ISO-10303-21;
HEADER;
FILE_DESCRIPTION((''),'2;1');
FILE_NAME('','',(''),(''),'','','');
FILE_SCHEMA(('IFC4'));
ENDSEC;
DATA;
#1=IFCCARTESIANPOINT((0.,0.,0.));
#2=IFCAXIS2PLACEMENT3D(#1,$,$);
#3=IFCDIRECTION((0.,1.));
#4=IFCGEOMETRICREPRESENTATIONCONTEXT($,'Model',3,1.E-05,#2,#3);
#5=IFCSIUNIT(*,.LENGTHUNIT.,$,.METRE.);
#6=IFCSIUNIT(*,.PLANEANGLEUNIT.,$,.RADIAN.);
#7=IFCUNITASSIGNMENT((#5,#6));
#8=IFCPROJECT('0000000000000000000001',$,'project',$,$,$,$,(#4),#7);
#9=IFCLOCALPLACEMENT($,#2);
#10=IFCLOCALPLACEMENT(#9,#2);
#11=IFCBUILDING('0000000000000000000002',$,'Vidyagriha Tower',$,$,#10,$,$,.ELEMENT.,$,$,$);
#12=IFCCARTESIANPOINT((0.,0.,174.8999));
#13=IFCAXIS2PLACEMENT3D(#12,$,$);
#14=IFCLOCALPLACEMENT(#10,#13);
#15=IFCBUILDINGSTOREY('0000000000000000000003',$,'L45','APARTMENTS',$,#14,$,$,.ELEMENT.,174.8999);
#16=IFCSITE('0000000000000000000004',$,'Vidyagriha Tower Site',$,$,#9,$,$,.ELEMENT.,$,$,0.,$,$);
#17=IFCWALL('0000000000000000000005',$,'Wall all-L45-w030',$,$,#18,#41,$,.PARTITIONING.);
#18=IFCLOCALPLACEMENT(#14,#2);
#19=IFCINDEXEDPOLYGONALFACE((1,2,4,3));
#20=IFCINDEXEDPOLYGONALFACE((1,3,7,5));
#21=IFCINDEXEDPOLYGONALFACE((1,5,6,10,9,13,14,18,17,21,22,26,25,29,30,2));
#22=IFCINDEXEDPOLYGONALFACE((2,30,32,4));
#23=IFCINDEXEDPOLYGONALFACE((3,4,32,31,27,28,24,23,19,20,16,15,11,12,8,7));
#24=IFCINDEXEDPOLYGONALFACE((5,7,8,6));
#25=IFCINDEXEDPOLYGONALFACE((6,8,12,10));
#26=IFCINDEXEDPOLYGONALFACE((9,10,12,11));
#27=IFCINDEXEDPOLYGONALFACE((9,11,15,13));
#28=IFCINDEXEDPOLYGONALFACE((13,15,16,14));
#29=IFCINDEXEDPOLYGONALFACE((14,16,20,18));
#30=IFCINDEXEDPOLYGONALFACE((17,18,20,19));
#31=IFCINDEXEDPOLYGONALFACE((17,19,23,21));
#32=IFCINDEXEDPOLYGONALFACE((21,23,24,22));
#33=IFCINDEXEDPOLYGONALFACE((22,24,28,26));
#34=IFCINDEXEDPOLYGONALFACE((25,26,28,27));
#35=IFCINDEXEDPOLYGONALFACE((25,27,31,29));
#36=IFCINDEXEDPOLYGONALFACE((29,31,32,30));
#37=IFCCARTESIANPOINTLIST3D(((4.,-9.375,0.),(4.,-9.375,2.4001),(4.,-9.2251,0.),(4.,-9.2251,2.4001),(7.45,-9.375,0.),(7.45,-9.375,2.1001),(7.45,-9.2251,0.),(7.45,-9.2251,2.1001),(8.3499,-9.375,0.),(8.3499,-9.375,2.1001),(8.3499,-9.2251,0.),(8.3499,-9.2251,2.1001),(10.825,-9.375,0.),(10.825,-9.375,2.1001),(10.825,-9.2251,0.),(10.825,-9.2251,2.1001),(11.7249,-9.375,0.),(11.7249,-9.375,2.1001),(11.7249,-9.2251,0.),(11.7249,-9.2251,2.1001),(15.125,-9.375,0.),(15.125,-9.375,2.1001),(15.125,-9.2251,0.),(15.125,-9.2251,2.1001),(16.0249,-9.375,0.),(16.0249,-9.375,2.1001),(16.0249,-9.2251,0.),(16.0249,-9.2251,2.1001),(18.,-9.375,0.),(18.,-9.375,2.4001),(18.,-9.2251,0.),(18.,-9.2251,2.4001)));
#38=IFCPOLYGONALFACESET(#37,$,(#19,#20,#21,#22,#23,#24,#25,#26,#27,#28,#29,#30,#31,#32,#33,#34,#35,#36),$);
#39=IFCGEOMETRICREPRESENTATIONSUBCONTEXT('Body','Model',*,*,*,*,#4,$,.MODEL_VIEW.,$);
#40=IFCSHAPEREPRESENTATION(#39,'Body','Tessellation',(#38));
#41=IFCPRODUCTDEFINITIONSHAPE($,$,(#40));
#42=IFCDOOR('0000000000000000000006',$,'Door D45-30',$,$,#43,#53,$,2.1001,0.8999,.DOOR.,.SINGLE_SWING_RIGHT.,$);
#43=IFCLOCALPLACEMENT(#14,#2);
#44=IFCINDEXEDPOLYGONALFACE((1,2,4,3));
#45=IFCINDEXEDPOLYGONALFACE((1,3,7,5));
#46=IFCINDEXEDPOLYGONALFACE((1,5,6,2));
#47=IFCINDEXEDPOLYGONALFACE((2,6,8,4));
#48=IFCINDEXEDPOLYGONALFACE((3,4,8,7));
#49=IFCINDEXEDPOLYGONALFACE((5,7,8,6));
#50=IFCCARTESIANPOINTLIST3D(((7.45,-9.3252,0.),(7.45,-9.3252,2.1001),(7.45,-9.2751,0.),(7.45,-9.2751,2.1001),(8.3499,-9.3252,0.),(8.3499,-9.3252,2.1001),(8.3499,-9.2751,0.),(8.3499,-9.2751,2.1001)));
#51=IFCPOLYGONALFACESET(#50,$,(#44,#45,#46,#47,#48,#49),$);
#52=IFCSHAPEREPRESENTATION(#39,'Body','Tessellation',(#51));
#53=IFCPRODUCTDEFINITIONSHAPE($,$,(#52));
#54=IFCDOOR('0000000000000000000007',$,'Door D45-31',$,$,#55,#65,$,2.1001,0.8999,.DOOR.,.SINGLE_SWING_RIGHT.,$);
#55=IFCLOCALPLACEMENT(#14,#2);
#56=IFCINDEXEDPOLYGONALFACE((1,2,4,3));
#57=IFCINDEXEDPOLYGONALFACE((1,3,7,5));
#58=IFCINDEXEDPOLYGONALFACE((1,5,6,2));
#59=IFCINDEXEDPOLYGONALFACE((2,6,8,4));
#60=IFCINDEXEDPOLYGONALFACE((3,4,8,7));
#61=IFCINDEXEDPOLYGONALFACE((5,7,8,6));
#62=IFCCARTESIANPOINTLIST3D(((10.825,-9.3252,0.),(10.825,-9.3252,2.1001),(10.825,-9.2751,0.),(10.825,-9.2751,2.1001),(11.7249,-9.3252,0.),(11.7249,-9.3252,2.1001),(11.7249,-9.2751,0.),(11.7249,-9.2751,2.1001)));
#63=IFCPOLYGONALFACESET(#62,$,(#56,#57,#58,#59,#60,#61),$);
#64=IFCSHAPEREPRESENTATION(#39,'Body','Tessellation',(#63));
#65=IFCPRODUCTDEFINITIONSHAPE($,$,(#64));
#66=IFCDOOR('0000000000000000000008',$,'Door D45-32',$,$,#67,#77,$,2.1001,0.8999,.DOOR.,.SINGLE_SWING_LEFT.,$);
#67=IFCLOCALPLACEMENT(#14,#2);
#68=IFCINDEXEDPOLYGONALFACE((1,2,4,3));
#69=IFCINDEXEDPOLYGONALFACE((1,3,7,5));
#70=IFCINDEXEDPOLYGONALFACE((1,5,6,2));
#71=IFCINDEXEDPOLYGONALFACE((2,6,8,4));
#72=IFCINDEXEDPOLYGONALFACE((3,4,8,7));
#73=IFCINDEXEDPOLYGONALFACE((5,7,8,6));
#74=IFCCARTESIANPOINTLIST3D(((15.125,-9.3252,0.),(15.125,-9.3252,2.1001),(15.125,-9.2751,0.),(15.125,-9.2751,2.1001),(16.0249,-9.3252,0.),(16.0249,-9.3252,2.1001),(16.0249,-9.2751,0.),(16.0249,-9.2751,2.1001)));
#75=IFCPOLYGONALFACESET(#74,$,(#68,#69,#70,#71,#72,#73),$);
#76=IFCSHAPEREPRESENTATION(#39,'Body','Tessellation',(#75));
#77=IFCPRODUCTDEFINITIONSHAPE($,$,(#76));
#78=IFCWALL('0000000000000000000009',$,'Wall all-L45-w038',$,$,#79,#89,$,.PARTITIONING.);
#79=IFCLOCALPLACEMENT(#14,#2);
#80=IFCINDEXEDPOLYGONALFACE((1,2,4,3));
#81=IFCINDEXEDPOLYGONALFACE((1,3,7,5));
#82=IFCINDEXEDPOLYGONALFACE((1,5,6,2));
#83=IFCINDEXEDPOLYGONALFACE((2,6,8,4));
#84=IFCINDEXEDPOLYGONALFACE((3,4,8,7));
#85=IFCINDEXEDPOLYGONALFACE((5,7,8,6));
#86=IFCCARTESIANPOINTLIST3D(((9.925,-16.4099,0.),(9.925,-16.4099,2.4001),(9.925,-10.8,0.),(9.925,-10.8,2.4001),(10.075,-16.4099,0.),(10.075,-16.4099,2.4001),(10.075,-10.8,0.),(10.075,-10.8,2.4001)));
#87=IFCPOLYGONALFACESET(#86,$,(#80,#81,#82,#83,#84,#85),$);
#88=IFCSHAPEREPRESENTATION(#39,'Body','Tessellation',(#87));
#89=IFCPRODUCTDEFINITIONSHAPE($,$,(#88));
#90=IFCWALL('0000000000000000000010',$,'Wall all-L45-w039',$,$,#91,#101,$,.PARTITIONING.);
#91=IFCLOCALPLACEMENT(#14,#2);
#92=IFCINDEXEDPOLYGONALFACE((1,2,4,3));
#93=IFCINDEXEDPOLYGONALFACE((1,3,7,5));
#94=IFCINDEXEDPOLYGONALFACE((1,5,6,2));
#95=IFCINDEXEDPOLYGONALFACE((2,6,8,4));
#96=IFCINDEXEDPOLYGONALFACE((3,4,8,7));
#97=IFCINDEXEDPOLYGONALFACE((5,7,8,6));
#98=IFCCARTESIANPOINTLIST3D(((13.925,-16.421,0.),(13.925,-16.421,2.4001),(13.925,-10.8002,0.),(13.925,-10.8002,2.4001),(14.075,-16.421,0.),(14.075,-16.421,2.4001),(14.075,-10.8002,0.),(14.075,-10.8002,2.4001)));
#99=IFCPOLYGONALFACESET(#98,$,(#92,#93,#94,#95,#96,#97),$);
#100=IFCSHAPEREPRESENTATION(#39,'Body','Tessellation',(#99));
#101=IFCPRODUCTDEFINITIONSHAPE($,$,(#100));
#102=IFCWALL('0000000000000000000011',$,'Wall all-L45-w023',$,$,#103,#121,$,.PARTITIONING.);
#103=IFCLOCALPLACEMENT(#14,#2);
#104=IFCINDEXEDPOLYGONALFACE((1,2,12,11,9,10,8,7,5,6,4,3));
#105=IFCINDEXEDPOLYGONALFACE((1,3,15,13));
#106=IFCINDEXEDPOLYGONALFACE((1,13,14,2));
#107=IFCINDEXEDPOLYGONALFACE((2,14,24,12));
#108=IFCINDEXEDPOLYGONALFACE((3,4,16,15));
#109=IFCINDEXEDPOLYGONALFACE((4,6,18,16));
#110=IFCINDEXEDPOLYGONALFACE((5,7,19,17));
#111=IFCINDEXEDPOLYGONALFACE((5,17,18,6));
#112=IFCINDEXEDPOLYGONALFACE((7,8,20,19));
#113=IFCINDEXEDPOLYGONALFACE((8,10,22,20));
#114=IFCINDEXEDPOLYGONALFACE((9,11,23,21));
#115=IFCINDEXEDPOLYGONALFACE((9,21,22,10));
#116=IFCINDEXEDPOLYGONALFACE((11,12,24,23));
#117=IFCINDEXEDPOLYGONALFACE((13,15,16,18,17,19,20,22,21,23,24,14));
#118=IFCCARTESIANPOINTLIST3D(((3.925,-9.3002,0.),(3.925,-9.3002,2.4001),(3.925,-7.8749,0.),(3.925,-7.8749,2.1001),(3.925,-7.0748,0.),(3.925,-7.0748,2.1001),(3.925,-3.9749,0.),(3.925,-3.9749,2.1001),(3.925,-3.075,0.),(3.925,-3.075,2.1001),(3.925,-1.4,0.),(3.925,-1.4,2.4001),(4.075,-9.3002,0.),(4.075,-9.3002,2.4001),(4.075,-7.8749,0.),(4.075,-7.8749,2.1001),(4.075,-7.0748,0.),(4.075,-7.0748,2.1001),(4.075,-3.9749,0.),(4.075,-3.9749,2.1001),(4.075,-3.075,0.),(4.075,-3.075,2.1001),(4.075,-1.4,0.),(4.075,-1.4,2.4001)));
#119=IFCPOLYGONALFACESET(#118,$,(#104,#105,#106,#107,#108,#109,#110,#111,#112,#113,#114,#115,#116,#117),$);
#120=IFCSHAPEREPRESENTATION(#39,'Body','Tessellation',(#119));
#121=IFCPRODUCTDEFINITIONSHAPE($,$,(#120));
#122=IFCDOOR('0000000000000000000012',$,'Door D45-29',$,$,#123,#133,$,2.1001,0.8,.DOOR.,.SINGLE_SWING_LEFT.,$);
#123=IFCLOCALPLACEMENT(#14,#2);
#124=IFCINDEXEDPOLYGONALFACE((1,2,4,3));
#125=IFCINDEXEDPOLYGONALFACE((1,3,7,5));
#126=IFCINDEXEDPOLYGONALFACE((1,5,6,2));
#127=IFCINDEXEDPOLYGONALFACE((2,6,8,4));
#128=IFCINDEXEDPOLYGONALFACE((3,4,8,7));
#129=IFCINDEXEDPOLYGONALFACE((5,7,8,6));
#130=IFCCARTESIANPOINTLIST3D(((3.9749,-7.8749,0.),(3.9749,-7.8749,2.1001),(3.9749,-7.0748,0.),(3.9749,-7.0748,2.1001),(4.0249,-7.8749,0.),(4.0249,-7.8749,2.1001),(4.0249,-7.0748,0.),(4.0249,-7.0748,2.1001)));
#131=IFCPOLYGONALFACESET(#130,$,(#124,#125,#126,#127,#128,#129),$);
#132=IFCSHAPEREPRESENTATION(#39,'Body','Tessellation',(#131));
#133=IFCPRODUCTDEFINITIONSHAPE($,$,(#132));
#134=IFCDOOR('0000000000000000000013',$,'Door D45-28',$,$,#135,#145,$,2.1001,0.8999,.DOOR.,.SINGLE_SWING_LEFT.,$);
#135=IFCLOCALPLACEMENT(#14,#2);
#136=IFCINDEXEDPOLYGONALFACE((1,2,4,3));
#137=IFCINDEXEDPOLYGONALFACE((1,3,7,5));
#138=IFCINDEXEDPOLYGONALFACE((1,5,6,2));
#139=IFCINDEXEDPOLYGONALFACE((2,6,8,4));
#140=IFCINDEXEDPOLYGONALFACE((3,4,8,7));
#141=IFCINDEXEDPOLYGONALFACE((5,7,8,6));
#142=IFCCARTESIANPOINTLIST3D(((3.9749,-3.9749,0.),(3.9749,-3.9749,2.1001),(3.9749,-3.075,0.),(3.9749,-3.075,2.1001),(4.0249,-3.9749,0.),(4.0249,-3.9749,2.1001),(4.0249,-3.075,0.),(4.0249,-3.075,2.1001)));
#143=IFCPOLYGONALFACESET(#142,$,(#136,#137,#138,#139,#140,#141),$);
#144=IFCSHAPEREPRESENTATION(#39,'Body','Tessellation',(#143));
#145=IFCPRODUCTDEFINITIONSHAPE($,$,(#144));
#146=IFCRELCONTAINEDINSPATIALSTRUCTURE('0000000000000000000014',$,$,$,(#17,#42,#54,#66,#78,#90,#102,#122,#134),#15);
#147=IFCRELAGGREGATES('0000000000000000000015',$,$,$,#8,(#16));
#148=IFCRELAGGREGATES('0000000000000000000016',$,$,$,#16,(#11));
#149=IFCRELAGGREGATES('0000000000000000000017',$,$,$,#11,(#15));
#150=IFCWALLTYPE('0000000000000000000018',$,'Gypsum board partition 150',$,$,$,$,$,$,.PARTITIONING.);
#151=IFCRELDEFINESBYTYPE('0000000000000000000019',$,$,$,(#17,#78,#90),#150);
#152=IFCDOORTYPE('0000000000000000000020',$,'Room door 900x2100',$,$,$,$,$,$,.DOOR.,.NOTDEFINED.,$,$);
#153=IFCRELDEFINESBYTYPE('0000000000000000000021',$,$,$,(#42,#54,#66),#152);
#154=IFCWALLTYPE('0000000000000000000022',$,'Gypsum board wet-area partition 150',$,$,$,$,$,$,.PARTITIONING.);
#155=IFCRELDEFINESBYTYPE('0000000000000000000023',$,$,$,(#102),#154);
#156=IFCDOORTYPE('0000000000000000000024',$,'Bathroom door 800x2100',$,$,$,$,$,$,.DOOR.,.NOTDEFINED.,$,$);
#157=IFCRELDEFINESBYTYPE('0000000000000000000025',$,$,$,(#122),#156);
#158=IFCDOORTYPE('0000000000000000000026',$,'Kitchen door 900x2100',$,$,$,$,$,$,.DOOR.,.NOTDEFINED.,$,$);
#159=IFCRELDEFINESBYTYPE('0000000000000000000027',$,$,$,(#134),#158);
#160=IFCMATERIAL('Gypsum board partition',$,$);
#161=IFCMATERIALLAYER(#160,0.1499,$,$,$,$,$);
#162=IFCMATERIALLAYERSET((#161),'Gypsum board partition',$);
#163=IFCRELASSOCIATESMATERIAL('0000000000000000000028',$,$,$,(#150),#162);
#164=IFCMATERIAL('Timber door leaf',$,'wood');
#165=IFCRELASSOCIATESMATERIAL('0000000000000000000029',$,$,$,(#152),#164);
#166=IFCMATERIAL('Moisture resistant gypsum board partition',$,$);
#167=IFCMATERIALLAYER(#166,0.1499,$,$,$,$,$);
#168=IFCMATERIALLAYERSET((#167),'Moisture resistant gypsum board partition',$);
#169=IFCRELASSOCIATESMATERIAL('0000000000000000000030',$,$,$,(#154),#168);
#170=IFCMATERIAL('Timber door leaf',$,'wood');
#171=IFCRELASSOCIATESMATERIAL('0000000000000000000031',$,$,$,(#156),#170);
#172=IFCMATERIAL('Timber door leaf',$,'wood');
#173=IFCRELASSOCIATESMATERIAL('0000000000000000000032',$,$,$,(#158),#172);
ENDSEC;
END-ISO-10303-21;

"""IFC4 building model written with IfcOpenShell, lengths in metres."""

from ifc_helpers import new_model, si_unit, direction, frame, frame_2d, origin, place, context, subcontext, project, spatial, rectangle, extrude, material, layer, layer_set, type_object, element, fill, save


model = new_model("IFC4")

# Units and contexts
model_context = context("Model", 3, precision=1e-05, world=origin(), true_north=direction((0.0, 1.0)))
body_context = subcontext(model_context, "Body", "Model", "MODEL_VIEW")
ifc_project = project(units=[si_unit("LENGTHUNIT", "METRE"), si_unit("PLANEANGLEUNIT", "RADIAN")], contexts=[model_context])

# Site, building, storey
site_placement = place(None, origin())
site = spatial("IfcSite", under=ifc_project, at=site_placement, Name="Vidyagriha Tower Site", CompositionType="ELEMENT", RefElevation=0.0)
building_placement = place(site_placement, origin())
building = spatial("IfcBuilding", under=site, at=building_placement, Name="Vidyagriha Tower", CompositionType="ELEMENT")
storey_placement = place(building_placement, frame((0.0, 0.0, 174.8999)))
storey = spatial("IfcBuildingStorey", under=building, at=storey_placement, Name="L45", Description="APARTMENTS", CompositionType="ELEMENT", Elevation=174.8999)

# Shared definitions
ifc_material_1 = material(Name="Gypsum board partition")
ifc_layer_1 = layer(ifc_material_1, 0.1499)
ifc_layer_set_1 = layer_set([ifc_layer_1], Name="Gypsum board partition")
wall_type_1 = type_object("IfcWallType", Name="Gypsum board partition 150", PredefinedType="PARTITIONING", material=ifc_layer_set_1)

# Wall, openings, doors
wall_1_placement = place(storey_placement, frame((4.0, -9.3, 0.0)))
wall_1 = element("IfcWall", 1, at=wall_1_placement, inside=storey, type_object=wall_type_1, Name="Wall all-L45-w030", PredefinedType="PARTITIONING", context=body_context, shape_type="SweptSolid", body=[
    extrude(rectangle(XDim=14.0, YDim=0.1499, at=frame_2d((7.0, 0.0))), origin(), (0.0, 0.0, 1.0), 2.4001),
])
opening_1_placement = place(wall_1_placement, frame((3.45, 0.0, 0.0)))
opening_1 = element("IfcOpeningElement", 2, at=opening_1_placement, cuts=wall_1, PredefinedType="OPENING", context=body_context, shape_type="SweptSolid", body=[
    extrude(rectangle(XDim=0.8999, YDim=2.1001, at=frame_2d((0.45, 1.05))), frame((0.0, 0.085, 0.0), z_axis=(0.0, -1.0, 0.0), x_axis=(1.0, 0.0, 0.0)), (0.0, 0.0, 1.0), 0.1699),
])
opening_2_placement = place(wall_1_placement, frame((6.825, 0.0, 0.0)))
opening_2 = element("IfcOpeningElement", 3, at=opening_2_placement, cuts=wall_1, PredefinedType="OPENING", context=body_context, shape_type="SweptSolid", body=[
    extrude(rectangle(XDim=0.8999, YDim=2.1001, at=frame_2d((0.45, 1.05))), frame((0.0, 0.085, 0.0), z_axis=(0.0, -1.0, 0.0), x_axis=(1.0, 0.0, 0.0)), (0.0, 0.0, 1.0), 0.1699),
])
opening_3_placement = place(wall_1_placement, frame((11.125, 0.0, 0.0)))
opening_3 = element("IfcOpeningElement", 4, at=opening_3_placement, cuts=wall_1, PredefinedType="OPENING", context=body_context, shape_type="SweptSolid", body=[
    extrude(rectangle(XDim=0.8999, YDim=2.1001, at=frame_2d((0.45, 1.05))), frame((0.0, 0.085, 0.0), z_axis=(0.0, -1.0, 0.0), x_axis=(1.0, 0.0, 0.0)), (0.0, 0.0, 1.0), 0.1699),
])
ifc_material_2 = material(Name="Timber door leaf", Category="wood")
door_type_1 = type_object("IfcDoorType", Name="Room door 900x2100", OperationType="NOTDEFINED", PredefinedType="DOOR", material=ifc_material_2)
door_1_placement = place(opening_1_placement, origin())
door_1 = element("IfcDoor", 5, at=door_1_placement, inside=storey, type_object=door_type_1, Name="Door D45-30", OperationType="SINGLE_SWING_RIGHT", OverallHeight=2.1001, OverallWidth=0.8999, PredefinedType="DOOR", context=body_context, shape_type="SweptSolid", body=[
    extrude(rectangle(XDim=0.8999, YDim=2.1001, at=frame_2d((0.45, 1.05))), frame((0.0, 0.0249, 0.0), z_axis=(0.0, -1.0, 0.0), x_axis=(1.0, 0.0, 0.0)), (0.0, 0.0, 1.0), 0.05),
])
fill(opening_1, door_1)
door_2_placement = place(opening_2_placement, origin())
door_2 = element("IfcDoor", 6, at=door_2_placement, inside=storey, type_object=door_type_1, Name="Door D45-31", OperationType="SINGLE_SWING_RIGHT", OverallHeight=2.1001, OverallWidth=0.8999, PredefinedType="DOOR", context=body_context, shape_type="SweptSolid", body=[
    extrude(rectangle(XDim=0.8999, YDim=2.1001, at=frame_2d((0.45, 1.05))), frame((0.0, 0.0249, 0.0), z_axis=(0.0, -1.0, 0.0), x_axis=(1.0, 0.0, 0.0)), (0.0, 0.0, 1.0), 0.05),
])
fill(opening_2, door_2)
door_3_placement = place(opening_3_placement, origin())
door_3 = element("IfcDoor", 7, at=door_3_placement, inside=storey, type_object=door_type_1, Name="Door D45-32", OperationType="SINGLE_SWING_LEFT", OverallHeight=2.1001, OverallWidth=0.8999, PredefinedType="DOOR", context=body_context, shape_type="SweptSolid", body=[
    extrude(rectangle(XDim=0.8999, YDim=2.1001, at=frame_2d((0.45, 1.05))), frame((0.0, 0.0249, 0.0), z_axis=(0.0, -1.0, 0.0), x_axis=(1.0, 0.0, 0.0)), (0.0, 0.0, 1.0), 0.05),
])
fill(opening_3, door_3)

# Walls
wall_2_placement = place(storey_placement, frame((10.0, -10.8, 0.0), z_axis=(0.0, 0.0, 1.0), x_axis=(0.0, -1.0, 0.0)))
element("IfcWall", 8, at=wall_2_placement, inside=storey, type_object=wall_type_1, Name="Wall all-L45-w038", PredefinedType="PARTITIONING", context=body_context, shape_type="SweptSolid", body=[
    extrude(rectangle(XDim=5.6099, YDim=0.1499, at=frame_2d((2.8049, 0.0))), origin(), (0.0, 0.0, 1.0), 2.4001),
])
wall_3_placement = place(storey_placement, frame((14.0, -10.8, 0.0), z_axis=(0.0, 0.0, 1.0), x_axis=(0.0, -1.0, 0.0)))
element("IfcWall", 9, at=wall_3_placement, inside=storey, type_object=wall_type_1, Name="Wall all-L45-w039", PredefinedType="PARTITIONING", context=body_context, shape_type="SweptSolid", body=[
    extrude(rectangle(XDim=5.6208, YDim=0.1499, at=frame_2d((2.8105, 0.0))), origin(), (0.0, 0.0, 1.0), 2.4001),
])

# Wall, openings, doors
ifc_material_3 = material(Name="Moisture resistant gypsum board partition")
ifc_layer_2 = layer(ifc_material_3, 0.1499)
ifc_layer_set_2 = layer_set([ifc_layer_2], Name="Moisture resistant gypsum board partition")
wall_type_2 = type_object("IfcWallType", Name="Gypsum board wet-area partition 150", PredefinedType="PARTITIONING", material=ifc_layer_set_2)
wall_4_placement = place(storey_placement, frame((4.0, -1.3999, 0.0), z_axis=(0.0, 0.0, 1.0), x_axis=(0.0, -1.0, 0.0)))
wall_4 = element("IfcWall", 10, at=wall_4_placement, inside=storey, type_object=wall_type_2, Name="Wall all-L45-w023", PredefinedType="PARTITIONING", context=body_context, shape_type="SweptSolid", body=[
    extrude(rectangle(XDim=7.9001, YDim=0.1499, at=frame_2d((3.9502, 0.0))), origin(), (0.0, 0.0, 1.0), 2.4001),
])
opening_4_placement = place(wall_4_placement, frame((1.675, 0.0, 0.0)))
opening_4 = element("IfcOpeningElement", 11, at=opening_4_placement, cuts=wall_4, PredefinedType="OPENING", context=body_context, shape_type="SweptSolid", body=[
    extrude(rectangle(XDim=0.8999, YDim=2.1001, at=frame_2d((0.45, 1.05))), frame((0.0, 0.085, 0.0), z_axis=(0.0, -1.0, 0.0), x_axis=(1.0, 0.0, 0.0)), (0.0, 0.0, 1.0), 0.1699),
])
opening_5_placement = place(wall_4_placement, frame((5.675, 0.0, 0.0)))
opening_5 = element("IfcOpeningElement", 12, at=opening_5_placement, cuts=wall_4, PredefinedType="OPENING", context=body_context, shape_type="SweptSolid", body=[
    extrude(rectangle(XDim=0.8, YDim=2.1001, at=frame_2d((0.3999, 1.05))), frame((0.0, 0.085, 0.0), z_axis=(0.0, -1.0, 0.0), x_axis=(1.0, 0.0, 0.0)), (0.0, 0.0, 1.0), 0.1699),
])
ifc_material_4 = material(Name="Timber door leaf", Category="wood")
door_type_2 = type_object("IfcDoorType", Name="Bathroom door 800x2100", OperationType="NOTDEFINED", PredefinedType="DOOR", material=ifc_material_4)
door_4_placement = place(opening_5_placement, origin())
door_4 = element("IfcDoor", 13, at=door_4_placement, inside=storey, type_object=door_type_2, Name="Door D45-29", OperationType="SINGLE_SWING_LEFT", OverallHeight=2.1001, OverallWidth=0.8, PredefinedType="DOOR", context=body_context, shape_type="SweptSolid", body=[
    extrude(rectangle(XDim=0.8, YDim=2.1001, at=frame_2d((0.3999, 1.05))), frame((0.0, 0.0249, 0.0), z_axis=(0.0, -1.0, 0.0), x_axis=(1.0, 0.0, 0.0)), (0.0, 0.0, 1.0), 0.05),
])
fill(opening_5, door_4)
ifc_material_5 = material(Name="Timber door leaf", Category="wood")
door_type_3 = type_object("IfcDoorType", Name="Kitchen door 900x2100", OperationType="NOTDEFINED", PredefinedType="DOOR", material=ifc_material_5)
door_5_placement = place(opening_4_placement, origin())
door_5 = element("IfcDoor", 14, at=door_5_placement, inside=storey, type_object=door_type_3, Name="Door D45-28", OperationType="SINGLE_SWING_LEFT", OverallHeight=2.1001, OverallWidth=0.8999, PredefinedType="DOOR", context=body_context, shape_type="SweptSolid", body=[
    extrude(rectangle(XDim=0.8999, YDim=2.1001, at=frame_2d((0.45, 1.05))), frame((0.0, 0.0249, 0.0), z_axis=(0.0, -1.0, 0.0), x_axis=(1.0, 0.0, 0.0)), (0.0, 0.0, 1.0), 0.05),
])
fill(opening_4, door_5)

save(model, "model.ifc")
